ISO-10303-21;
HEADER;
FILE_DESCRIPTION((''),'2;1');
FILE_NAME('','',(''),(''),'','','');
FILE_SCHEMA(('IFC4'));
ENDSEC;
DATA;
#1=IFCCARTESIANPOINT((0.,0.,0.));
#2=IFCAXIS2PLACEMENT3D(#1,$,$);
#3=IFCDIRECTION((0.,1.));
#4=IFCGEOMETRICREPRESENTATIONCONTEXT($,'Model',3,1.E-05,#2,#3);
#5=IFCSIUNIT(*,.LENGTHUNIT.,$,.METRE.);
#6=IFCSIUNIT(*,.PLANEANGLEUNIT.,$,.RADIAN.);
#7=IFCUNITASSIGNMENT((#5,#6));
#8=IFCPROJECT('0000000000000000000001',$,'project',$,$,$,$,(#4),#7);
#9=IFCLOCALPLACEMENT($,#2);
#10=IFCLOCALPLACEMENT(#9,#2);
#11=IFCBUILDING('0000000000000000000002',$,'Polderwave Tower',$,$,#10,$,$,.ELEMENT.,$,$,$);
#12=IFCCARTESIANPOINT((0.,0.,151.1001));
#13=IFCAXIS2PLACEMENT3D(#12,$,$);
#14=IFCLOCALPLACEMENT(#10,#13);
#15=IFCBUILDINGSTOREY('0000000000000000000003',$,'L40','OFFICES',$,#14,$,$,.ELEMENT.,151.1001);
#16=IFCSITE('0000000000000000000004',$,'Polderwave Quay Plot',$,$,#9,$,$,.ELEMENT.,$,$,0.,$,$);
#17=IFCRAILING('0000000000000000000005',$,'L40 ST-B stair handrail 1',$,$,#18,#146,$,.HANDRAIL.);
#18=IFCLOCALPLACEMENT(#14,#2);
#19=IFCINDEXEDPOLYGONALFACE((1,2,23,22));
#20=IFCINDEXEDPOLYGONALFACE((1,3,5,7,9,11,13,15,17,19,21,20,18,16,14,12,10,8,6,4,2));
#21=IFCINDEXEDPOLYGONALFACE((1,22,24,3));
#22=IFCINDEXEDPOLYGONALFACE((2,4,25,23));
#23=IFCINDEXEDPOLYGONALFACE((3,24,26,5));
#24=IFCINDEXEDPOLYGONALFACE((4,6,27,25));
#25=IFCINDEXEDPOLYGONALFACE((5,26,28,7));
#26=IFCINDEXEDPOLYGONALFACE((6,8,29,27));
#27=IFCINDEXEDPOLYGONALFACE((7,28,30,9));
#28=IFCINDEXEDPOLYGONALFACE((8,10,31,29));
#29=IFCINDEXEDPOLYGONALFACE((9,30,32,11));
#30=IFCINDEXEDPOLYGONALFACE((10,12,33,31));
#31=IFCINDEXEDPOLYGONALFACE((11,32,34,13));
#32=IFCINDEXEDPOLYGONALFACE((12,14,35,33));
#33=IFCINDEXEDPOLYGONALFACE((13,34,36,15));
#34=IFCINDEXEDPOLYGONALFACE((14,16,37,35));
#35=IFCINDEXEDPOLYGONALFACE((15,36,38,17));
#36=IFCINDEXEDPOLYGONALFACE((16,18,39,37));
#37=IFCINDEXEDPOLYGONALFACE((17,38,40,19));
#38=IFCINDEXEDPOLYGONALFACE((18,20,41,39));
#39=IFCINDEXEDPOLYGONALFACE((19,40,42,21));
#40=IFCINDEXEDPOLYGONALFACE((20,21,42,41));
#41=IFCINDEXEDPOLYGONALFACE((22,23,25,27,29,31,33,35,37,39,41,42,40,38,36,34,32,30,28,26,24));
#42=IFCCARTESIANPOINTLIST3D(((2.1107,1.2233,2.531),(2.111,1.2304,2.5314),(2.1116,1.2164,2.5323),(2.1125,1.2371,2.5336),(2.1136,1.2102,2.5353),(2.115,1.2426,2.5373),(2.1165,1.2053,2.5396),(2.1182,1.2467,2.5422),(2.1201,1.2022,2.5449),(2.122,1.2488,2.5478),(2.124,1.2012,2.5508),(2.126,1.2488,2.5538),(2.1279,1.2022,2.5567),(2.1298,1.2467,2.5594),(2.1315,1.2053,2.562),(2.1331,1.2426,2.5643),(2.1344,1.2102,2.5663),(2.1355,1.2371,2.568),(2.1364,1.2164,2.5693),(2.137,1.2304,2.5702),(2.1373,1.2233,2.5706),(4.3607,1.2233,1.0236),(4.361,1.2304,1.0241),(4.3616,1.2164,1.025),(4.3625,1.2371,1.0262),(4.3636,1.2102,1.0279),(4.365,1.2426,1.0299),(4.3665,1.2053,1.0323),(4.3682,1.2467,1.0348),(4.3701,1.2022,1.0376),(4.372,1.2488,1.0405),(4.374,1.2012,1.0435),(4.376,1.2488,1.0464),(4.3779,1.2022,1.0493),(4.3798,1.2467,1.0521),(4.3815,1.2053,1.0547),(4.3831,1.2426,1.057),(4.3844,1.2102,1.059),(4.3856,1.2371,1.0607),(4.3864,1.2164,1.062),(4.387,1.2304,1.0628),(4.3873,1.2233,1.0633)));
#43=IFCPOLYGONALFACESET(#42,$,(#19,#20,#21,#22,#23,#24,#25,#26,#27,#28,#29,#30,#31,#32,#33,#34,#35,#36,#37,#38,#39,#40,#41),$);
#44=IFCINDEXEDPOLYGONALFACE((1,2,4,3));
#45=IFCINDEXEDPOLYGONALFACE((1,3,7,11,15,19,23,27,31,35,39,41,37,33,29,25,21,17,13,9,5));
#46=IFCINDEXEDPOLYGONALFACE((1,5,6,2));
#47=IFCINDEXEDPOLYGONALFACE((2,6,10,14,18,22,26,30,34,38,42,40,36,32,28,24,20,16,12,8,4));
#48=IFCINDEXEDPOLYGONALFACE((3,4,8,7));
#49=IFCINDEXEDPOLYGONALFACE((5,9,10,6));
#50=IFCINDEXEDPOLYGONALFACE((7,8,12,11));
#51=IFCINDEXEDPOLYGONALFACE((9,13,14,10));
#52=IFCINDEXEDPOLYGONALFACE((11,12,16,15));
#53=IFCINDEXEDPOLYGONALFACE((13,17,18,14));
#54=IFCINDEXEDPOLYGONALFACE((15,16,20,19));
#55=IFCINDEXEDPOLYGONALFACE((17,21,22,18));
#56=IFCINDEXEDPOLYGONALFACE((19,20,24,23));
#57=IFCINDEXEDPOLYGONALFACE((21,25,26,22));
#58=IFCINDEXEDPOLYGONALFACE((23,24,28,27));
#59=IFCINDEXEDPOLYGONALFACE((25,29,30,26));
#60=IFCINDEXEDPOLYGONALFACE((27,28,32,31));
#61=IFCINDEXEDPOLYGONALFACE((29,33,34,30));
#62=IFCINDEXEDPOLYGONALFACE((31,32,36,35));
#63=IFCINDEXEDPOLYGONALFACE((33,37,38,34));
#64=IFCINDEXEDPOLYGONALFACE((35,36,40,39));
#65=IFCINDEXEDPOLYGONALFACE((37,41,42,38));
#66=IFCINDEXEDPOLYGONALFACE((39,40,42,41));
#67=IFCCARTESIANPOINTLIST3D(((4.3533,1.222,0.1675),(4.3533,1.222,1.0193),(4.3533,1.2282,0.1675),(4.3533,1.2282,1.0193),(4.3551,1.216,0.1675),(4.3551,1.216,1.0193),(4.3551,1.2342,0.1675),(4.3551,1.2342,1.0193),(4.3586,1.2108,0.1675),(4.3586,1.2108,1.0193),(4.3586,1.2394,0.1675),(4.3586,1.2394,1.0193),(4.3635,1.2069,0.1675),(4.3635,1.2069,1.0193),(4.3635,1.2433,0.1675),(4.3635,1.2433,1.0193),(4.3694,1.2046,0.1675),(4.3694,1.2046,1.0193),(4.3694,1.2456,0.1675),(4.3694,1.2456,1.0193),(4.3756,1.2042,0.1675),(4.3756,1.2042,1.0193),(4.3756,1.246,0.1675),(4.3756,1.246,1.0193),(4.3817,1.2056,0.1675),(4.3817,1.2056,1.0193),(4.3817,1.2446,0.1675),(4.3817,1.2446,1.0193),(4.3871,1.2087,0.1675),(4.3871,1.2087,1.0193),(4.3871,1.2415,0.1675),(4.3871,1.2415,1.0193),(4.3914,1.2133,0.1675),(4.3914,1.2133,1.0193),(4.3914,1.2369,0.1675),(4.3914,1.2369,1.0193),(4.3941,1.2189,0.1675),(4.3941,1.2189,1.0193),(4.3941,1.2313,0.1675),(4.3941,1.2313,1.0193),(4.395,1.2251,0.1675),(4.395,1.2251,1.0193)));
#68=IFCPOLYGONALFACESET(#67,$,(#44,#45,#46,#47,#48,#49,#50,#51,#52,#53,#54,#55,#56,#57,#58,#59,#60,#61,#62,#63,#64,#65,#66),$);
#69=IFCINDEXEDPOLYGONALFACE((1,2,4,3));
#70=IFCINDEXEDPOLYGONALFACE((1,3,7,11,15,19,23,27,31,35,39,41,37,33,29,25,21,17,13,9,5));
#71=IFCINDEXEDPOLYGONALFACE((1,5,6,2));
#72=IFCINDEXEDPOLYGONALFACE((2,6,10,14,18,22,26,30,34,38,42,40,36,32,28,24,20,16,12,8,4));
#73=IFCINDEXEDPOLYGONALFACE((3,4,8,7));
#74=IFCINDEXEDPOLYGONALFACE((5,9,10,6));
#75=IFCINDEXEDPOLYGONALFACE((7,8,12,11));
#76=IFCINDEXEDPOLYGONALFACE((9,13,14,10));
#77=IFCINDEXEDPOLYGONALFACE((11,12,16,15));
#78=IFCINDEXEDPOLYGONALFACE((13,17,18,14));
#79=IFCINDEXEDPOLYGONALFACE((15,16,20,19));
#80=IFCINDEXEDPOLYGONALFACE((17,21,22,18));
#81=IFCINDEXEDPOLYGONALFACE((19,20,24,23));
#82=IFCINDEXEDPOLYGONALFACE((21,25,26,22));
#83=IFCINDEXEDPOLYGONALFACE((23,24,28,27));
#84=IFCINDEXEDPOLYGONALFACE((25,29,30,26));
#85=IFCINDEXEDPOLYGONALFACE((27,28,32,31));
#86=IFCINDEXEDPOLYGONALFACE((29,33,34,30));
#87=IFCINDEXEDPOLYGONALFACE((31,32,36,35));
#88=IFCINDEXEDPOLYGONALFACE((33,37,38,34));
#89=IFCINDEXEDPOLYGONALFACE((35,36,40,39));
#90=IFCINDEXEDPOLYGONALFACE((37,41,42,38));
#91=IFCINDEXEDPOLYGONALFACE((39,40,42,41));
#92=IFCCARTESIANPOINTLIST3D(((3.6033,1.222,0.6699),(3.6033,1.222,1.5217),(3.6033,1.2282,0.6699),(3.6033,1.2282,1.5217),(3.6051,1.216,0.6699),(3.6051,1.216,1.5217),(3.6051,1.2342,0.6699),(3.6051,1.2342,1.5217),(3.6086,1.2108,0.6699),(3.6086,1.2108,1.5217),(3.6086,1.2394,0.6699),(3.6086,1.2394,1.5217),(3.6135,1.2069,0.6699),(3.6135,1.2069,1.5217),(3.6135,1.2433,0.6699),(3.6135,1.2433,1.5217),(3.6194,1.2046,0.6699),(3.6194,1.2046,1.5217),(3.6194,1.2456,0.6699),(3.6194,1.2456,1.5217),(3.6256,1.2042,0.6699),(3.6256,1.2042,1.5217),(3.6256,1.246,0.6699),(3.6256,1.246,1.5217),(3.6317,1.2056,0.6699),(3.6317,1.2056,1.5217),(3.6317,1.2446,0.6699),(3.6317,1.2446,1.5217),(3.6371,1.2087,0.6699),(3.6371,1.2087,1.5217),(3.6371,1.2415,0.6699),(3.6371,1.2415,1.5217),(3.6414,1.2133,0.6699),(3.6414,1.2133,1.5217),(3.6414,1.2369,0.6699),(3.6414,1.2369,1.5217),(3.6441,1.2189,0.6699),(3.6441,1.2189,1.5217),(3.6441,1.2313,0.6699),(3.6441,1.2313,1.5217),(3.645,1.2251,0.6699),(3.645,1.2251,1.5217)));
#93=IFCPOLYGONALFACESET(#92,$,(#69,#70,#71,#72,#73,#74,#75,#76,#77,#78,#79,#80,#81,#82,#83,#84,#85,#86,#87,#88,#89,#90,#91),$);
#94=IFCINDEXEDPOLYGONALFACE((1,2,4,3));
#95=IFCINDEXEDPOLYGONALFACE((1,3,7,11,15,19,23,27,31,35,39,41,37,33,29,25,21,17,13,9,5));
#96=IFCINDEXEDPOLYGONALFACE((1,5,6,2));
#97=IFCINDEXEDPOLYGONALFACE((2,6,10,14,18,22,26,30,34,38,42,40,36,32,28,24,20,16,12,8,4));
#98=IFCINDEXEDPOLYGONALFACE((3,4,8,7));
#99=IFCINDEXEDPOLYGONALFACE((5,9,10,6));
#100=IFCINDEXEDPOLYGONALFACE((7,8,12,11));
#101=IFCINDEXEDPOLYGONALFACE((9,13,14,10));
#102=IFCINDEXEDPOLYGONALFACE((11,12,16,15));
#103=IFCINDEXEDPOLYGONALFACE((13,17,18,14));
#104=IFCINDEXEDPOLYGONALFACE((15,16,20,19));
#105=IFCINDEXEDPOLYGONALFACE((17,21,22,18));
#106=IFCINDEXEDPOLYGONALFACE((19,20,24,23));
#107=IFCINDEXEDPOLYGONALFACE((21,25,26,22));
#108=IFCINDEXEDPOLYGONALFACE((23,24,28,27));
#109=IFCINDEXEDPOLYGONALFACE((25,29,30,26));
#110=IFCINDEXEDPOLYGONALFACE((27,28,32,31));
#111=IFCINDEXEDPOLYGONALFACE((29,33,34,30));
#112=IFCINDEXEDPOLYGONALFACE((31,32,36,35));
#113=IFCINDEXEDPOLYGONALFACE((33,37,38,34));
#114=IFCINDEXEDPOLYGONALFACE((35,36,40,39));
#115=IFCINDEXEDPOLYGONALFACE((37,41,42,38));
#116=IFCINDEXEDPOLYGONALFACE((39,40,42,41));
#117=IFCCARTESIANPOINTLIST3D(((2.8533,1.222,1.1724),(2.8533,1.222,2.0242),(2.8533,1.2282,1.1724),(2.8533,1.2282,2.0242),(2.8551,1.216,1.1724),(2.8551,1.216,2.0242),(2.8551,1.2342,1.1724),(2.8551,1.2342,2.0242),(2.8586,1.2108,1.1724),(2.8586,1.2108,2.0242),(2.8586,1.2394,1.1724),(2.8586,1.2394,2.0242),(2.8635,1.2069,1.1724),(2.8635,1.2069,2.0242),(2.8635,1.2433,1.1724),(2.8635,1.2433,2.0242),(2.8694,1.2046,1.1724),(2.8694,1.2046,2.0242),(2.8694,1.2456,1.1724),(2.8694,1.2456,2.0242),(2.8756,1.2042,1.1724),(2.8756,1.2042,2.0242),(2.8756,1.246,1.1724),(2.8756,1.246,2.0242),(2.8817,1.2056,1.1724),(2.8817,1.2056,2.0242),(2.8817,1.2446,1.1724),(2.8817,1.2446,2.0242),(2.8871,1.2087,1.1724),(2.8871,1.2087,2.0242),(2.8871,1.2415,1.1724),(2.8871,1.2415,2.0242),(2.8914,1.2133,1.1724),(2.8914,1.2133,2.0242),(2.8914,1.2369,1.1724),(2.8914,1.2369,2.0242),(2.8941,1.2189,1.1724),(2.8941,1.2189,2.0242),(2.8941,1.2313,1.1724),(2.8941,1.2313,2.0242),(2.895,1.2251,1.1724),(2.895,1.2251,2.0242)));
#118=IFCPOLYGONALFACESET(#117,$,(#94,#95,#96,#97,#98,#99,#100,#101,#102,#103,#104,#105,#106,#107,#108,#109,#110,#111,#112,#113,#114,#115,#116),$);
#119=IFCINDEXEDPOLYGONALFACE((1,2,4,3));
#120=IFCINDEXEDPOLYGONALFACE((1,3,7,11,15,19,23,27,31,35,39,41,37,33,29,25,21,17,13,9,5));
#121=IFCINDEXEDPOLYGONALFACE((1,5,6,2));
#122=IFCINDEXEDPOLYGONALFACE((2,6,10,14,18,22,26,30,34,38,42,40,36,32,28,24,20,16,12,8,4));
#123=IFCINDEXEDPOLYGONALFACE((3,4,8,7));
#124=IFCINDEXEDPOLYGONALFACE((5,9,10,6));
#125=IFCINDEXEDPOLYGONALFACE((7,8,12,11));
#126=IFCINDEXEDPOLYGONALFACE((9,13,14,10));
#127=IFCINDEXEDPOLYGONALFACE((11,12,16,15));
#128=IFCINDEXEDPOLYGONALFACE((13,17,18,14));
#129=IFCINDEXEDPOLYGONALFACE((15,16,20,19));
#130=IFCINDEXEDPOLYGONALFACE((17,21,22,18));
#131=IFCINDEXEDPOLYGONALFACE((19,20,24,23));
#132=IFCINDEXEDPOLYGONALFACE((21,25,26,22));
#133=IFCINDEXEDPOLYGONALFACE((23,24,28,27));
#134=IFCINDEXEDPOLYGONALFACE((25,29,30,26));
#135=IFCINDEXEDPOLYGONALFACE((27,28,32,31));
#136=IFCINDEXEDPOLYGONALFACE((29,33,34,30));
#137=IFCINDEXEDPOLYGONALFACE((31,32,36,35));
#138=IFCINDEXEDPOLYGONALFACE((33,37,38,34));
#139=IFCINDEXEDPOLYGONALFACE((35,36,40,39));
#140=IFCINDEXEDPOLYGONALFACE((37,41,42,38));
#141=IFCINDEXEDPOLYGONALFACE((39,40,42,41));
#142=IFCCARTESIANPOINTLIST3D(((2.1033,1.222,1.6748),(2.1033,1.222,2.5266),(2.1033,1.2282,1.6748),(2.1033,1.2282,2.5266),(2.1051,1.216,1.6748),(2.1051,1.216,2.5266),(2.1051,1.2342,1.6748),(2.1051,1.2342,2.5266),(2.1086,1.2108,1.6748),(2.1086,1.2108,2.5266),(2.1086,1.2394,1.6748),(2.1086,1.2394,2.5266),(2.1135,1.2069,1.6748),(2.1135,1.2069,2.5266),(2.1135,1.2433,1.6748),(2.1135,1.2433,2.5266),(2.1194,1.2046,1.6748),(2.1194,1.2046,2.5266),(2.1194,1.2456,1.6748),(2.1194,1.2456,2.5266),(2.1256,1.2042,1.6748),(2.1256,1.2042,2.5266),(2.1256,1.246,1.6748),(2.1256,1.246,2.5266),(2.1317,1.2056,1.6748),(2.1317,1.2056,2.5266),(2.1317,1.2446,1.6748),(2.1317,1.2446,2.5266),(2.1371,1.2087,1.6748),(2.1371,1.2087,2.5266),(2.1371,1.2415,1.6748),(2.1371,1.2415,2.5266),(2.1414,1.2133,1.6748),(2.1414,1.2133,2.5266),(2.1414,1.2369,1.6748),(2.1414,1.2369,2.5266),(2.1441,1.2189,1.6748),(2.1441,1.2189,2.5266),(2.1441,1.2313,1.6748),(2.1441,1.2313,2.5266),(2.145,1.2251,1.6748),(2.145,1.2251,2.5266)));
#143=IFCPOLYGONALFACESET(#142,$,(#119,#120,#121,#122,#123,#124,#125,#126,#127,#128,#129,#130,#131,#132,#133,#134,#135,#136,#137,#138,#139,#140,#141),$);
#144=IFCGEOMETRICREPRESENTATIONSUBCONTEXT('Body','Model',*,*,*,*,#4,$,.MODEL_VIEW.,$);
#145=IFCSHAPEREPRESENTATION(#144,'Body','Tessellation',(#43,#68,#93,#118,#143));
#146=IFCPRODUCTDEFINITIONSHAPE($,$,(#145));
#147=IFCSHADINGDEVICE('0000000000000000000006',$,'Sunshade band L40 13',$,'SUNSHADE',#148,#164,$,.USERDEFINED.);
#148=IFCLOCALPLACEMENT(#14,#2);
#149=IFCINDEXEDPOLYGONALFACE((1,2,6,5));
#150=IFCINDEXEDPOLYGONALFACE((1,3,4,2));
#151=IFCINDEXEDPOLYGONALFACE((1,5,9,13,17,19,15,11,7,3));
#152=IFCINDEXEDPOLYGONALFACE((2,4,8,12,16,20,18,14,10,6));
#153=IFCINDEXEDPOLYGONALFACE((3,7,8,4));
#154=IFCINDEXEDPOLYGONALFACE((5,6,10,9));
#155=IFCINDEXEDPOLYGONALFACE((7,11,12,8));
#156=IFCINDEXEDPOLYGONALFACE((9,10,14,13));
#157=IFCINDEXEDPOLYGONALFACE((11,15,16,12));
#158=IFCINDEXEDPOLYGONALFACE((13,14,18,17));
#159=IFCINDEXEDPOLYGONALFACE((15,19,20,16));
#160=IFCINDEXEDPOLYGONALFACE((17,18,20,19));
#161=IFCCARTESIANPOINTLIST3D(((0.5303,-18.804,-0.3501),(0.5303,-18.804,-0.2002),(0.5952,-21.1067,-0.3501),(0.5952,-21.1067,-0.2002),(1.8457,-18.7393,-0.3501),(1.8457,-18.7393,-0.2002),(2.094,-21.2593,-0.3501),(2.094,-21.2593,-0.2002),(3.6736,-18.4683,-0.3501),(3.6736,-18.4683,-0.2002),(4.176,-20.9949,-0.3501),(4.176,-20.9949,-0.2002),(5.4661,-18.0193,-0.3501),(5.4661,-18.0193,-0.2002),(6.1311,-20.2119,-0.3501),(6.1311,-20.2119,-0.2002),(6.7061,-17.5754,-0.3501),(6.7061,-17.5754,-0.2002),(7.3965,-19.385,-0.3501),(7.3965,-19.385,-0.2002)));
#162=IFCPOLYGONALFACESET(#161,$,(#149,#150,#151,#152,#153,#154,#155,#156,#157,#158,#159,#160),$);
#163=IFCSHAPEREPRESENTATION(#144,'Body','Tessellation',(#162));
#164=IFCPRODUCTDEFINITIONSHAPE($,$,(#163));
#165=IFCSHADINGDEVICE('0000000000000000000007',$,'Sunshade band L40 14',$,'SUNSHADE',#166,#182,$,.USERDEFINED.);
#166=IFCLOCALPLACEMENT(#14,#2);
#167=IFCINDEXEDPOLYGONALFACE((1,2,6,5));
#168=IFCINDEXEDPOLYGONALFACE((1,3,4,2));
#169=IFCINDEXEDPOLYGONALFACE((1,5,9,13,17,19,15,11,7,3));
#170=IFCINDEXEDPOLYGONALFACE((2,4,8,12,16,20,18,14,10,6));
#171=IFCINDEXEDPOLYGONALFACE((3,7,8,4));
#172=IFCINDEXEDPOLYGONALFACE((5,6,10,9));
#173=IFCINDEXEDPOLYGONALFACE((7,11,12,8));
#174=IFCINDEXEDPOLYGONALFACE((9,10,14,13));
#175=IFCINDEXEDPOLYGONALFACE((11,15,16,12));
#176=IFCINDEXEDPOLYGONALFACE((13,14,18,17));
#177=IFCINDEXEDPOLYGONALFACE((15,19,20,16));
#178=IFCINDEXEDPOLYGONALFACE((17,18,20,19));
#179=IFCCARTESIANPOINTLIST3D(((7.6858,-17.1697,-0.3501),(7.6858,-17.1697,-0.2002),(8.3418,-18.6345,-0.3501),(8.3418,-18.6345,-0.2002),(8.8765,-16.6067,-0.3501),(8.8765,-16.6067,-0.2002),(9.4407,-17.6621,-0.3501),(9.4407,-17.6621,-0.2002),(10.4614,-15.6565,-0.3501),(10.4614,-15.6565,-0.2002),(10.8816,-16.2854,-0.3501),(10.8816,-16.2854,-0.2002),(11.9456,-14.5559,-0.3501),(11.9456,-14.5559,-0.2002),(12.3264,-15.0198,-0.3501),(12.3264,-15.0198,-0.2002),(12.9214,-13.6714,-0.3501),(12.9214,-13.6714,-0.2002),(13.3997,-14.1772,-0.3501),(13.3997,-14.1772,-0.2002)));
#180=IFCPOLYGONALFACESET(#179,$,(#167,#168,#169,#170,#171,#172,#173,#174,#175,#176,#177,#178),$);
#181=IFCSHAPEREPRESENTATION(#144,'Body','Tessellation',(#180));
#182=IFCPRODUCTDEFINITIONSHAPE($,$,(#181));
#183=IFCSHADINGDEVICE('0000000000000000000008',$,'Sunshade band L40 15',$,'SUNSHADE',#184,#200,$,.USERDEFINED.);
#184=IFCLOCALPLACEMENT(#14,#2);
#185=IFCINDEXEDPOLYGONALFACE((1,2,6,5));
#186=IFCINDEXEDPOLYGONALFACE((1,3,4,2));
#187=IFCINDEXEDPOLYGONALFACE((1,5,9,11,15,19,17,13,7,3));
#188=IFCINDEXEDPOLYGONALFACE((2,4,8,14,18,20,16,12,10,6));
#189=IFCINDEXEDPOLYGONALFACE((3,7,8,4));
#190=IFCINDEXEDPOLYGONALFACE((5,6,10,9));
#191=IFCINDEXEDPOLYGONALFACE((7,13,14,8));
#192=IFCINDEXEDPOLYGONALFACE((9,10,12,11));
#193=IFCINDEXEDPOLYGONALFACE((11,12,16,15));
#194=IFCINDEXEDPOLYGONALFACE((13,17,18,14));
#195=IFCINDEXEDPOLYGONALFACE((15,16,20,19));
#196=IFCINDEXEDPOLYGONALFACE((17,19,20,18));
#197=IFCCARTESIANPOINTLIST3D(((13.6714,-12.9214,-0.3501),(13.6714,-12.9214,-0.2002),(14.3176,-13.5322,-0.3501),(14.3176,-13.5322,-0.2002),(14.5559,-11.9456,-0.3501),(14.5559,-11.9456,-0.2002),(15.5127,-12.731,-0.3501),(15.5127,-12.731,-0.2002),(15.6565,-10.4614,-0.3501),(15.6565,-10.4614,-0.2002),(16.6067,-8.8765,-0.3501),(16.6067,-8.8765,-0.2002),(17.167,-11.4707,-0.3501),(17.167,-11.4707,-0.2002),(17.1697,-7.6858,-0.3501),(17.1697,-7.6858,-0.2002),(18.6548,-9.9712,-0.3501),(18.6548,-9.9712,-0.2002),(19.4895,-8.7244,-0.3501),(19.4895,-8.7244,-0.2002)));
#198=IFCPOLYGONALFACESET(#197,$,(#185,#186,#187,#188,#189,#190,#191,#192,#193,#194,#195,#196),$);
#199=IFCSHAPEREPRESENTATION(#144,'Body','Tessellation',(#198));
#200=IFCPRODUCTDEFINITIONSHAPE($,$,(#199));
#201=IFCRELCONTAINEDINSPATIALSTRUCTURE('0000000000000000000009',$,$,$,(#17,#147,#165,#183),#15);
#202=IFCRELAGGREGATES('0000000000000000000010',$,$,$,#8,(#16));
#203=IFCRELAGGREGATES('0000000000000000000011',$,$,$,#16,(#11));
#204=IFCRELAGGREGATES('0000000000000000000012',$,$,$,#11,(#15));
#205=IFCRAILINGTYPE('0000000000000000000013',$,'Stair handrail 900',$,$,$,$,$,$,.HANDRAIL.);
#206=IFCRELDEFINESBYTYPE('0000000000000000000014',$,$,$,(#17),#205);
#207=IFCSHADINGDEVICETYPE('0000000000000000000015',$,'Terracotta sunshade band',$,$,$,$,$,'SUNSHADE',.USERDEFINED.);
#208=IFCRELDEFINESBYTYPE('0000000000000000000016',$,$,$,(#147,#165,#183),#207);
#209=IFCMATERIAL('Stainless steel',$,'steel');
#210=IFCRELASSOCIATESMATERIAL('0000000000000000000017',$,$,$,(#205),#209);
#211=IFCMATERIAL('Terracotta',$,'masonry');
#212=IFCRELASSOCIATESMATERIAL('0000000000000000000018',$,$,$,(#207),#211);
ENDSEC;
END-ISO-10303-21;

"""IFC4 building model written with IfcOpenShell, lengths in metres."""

from ifc_helpers import new_model, si_unit, direction, frame, origin, origin_2d, place, context, subcontext, project, spatial, polyline, circle, outline, extrude, material, type_object, element, save


model = new_model("IFC4")

# Units and contexts
model_context = context("Model", 3, precision=1e-05, world=origin(), true_north=direction((0.0, 1.0)))
body_context = subcontext(model_context, "Body", "Model", "MODEL_VIEW")
ifc_project = project(units=[si_unit("LENGTHUNIT", "METRE"), si_unit("PLANEANGLEUNIT", "RADIAN")], contexts=[model_context])

# Site, building, storey
site_placement = place(None, origin())
site = spatial("IfcSite", under=ifc_project, at=site_placement, Name="Polderwave Quay Plot", CompositionType="ELEMENT", RefElevation=0.0)
building_placement = place(site_placement, origin())
building = spatial("IfcBuilding", under=site, at=building_placement, Name="Polderwave Tower", CompositionType="ELEMENT")
storey_placement = place(building_placement, frame((0.0, 0.0, 151.1001)))
storey = spatial("IfcBuildingStorey", under=building, at=storey_placement, Name="L40", Description="OFFICES", CompositionType="ELEMENT", Elevation=151.1001)

# Shared definitions
ifc_material_1 = material(Name="Stainless steel", Category="steel")

# Railing
railing_type_1 = type_object("IfcRailingType", Name="Stair handrail 900", PredefinedType="HANDRAIL", material=ifc_material_1)
railing_1_placement = place(storey_placement, frame((4.374, 1.2251, 0.1675)))
element("IfcRailing", 1, at=railing_1_placement, inside=storey, type_object=railing_type_1, Name="L40 ST-B stair handrail 1", PredefinedType="HANDRAIL", context=body_context, shape_type="SweptSolid", body=[
    extrude(circle(Radius=0.0239, at=origin_2d()), frame((0.0, 0.0, 0.876), z_axis=(-0.8308, 0.0, 0.556571), x_axis=(0.0, -1.0, 0.0)), (0.0, 0.0, 1.0), 2.7083),
    extrude(circle(Radius=0.021, at=origin_2d()), origin(), (0.0, 0.0, 1.0), 0.8518),
    extrude(circle(Radius=0.021, at=origin_2d()), frame((-0.75, 0.0, 0.5024)), (0.0, 0.0, 1.0), 0.8518),
    extrude(circle(Radius=0.021, at=origin_2d()), frame((-1.5, 0.0, 1.0049)), (0.0, 0.0, 1.0), 0.8518),
    extrude(circle(Radius=0.021, at=origin_2d()), frame((-2.25, 0.0, 1.5073)), (0.0, 0.0, 1.0), 0.8518),
])

# Shading devices
ifc_material_2 = material(Name="Terracotta", Category="masonry")
shading_device_type = type_object("IfcShadingDeviceType", Name="Terracotta sunshade band", ElementType="SUNSHADE", PredefinedType="USERDEFINED", material=ifc_material_2)
shading_device_1_placement = place(storey_placement, frame((0.0, 0.0, -0.3501)))
element("IfcShadingDevice", 2, at=shading_device_1_placement, inside=storey, type_object=shading_device_type, Name="Sunshade band L40 13", ObjectType="SUNSHADE", PredefinedType="USERDEFINED", context=body_context, shape_type="SweptSolid", body=[
    extrude(outline(polyline([(0.5303, -18.804), (1.8457, -18.7393), (3.6736, -18.4683), (5.4661, -18.0193), (6.7061, -17.5754), (7.3965, -19.385), (6.1311, -20.2119), (4.176, -20.9949), (2.094, -21.2593), (0.5952, -21.1067), (0.5303, -18.804)])), origin(), (0.0, 0.0, 1.0), 0.1499),
])
shading_device_2_placement = place(storey_placement, frame((0.0, 0.0, -0.3501)))
element("IfcShadingDevice", 3, at=shading_device_2_placement, inside=storey, type_object=shading_device_type, Name="Sunshade band L40 14", ObjectType="SUNSHADE", PredefinedType="USERDEFINED", context=body_context, shape_type="SweptSolid", body=[
    extrude(outline(polyline([(7.6858, -17.1697), (8.8765, -16.6067), (10.4614, -15.6565), (11.9456, -14.5559), (12.9214, -13.6714), (13.3997, -14.1772), (12.3264, -15.0198), (10.8816, -16.2854), (9.4407, -17.6621), (8.3418, -18.6345), (7.6858, -17.1697)])), origin(), (0.0, 0.0, 1.0), 0.1499),
])
shading_device_3_placement = place(storey_placement, frame((0.0, 0.0, -0.3501)))
element("IfcShadingDevice", 4, at=shading_device_3_placement, inside=storey, type_object=shading_device_type, Name="Sunshade band L40 15", ObjectType="SUNSHADE", PredefinedType="USERDEFINED", context=body_context, shape_type="SweptSolid", body=[
    extrude(outline(polyline([(13.6714, -12.9214), (14.5559, -11.9456), (15.6565, -10.4614), (16.6067, -8.8765), (17.1697, -7.6858), (19.4895, -8.7244), (18.6548, -9.9712), (17.167, -11.4707), (15.5127, -12.731), (14.3176, -13.5322), (13.6714, -12.9214)])), origin(), (0.0, 0.0, 1.0), 0.1499),
])

save(model, "model.ifc")
